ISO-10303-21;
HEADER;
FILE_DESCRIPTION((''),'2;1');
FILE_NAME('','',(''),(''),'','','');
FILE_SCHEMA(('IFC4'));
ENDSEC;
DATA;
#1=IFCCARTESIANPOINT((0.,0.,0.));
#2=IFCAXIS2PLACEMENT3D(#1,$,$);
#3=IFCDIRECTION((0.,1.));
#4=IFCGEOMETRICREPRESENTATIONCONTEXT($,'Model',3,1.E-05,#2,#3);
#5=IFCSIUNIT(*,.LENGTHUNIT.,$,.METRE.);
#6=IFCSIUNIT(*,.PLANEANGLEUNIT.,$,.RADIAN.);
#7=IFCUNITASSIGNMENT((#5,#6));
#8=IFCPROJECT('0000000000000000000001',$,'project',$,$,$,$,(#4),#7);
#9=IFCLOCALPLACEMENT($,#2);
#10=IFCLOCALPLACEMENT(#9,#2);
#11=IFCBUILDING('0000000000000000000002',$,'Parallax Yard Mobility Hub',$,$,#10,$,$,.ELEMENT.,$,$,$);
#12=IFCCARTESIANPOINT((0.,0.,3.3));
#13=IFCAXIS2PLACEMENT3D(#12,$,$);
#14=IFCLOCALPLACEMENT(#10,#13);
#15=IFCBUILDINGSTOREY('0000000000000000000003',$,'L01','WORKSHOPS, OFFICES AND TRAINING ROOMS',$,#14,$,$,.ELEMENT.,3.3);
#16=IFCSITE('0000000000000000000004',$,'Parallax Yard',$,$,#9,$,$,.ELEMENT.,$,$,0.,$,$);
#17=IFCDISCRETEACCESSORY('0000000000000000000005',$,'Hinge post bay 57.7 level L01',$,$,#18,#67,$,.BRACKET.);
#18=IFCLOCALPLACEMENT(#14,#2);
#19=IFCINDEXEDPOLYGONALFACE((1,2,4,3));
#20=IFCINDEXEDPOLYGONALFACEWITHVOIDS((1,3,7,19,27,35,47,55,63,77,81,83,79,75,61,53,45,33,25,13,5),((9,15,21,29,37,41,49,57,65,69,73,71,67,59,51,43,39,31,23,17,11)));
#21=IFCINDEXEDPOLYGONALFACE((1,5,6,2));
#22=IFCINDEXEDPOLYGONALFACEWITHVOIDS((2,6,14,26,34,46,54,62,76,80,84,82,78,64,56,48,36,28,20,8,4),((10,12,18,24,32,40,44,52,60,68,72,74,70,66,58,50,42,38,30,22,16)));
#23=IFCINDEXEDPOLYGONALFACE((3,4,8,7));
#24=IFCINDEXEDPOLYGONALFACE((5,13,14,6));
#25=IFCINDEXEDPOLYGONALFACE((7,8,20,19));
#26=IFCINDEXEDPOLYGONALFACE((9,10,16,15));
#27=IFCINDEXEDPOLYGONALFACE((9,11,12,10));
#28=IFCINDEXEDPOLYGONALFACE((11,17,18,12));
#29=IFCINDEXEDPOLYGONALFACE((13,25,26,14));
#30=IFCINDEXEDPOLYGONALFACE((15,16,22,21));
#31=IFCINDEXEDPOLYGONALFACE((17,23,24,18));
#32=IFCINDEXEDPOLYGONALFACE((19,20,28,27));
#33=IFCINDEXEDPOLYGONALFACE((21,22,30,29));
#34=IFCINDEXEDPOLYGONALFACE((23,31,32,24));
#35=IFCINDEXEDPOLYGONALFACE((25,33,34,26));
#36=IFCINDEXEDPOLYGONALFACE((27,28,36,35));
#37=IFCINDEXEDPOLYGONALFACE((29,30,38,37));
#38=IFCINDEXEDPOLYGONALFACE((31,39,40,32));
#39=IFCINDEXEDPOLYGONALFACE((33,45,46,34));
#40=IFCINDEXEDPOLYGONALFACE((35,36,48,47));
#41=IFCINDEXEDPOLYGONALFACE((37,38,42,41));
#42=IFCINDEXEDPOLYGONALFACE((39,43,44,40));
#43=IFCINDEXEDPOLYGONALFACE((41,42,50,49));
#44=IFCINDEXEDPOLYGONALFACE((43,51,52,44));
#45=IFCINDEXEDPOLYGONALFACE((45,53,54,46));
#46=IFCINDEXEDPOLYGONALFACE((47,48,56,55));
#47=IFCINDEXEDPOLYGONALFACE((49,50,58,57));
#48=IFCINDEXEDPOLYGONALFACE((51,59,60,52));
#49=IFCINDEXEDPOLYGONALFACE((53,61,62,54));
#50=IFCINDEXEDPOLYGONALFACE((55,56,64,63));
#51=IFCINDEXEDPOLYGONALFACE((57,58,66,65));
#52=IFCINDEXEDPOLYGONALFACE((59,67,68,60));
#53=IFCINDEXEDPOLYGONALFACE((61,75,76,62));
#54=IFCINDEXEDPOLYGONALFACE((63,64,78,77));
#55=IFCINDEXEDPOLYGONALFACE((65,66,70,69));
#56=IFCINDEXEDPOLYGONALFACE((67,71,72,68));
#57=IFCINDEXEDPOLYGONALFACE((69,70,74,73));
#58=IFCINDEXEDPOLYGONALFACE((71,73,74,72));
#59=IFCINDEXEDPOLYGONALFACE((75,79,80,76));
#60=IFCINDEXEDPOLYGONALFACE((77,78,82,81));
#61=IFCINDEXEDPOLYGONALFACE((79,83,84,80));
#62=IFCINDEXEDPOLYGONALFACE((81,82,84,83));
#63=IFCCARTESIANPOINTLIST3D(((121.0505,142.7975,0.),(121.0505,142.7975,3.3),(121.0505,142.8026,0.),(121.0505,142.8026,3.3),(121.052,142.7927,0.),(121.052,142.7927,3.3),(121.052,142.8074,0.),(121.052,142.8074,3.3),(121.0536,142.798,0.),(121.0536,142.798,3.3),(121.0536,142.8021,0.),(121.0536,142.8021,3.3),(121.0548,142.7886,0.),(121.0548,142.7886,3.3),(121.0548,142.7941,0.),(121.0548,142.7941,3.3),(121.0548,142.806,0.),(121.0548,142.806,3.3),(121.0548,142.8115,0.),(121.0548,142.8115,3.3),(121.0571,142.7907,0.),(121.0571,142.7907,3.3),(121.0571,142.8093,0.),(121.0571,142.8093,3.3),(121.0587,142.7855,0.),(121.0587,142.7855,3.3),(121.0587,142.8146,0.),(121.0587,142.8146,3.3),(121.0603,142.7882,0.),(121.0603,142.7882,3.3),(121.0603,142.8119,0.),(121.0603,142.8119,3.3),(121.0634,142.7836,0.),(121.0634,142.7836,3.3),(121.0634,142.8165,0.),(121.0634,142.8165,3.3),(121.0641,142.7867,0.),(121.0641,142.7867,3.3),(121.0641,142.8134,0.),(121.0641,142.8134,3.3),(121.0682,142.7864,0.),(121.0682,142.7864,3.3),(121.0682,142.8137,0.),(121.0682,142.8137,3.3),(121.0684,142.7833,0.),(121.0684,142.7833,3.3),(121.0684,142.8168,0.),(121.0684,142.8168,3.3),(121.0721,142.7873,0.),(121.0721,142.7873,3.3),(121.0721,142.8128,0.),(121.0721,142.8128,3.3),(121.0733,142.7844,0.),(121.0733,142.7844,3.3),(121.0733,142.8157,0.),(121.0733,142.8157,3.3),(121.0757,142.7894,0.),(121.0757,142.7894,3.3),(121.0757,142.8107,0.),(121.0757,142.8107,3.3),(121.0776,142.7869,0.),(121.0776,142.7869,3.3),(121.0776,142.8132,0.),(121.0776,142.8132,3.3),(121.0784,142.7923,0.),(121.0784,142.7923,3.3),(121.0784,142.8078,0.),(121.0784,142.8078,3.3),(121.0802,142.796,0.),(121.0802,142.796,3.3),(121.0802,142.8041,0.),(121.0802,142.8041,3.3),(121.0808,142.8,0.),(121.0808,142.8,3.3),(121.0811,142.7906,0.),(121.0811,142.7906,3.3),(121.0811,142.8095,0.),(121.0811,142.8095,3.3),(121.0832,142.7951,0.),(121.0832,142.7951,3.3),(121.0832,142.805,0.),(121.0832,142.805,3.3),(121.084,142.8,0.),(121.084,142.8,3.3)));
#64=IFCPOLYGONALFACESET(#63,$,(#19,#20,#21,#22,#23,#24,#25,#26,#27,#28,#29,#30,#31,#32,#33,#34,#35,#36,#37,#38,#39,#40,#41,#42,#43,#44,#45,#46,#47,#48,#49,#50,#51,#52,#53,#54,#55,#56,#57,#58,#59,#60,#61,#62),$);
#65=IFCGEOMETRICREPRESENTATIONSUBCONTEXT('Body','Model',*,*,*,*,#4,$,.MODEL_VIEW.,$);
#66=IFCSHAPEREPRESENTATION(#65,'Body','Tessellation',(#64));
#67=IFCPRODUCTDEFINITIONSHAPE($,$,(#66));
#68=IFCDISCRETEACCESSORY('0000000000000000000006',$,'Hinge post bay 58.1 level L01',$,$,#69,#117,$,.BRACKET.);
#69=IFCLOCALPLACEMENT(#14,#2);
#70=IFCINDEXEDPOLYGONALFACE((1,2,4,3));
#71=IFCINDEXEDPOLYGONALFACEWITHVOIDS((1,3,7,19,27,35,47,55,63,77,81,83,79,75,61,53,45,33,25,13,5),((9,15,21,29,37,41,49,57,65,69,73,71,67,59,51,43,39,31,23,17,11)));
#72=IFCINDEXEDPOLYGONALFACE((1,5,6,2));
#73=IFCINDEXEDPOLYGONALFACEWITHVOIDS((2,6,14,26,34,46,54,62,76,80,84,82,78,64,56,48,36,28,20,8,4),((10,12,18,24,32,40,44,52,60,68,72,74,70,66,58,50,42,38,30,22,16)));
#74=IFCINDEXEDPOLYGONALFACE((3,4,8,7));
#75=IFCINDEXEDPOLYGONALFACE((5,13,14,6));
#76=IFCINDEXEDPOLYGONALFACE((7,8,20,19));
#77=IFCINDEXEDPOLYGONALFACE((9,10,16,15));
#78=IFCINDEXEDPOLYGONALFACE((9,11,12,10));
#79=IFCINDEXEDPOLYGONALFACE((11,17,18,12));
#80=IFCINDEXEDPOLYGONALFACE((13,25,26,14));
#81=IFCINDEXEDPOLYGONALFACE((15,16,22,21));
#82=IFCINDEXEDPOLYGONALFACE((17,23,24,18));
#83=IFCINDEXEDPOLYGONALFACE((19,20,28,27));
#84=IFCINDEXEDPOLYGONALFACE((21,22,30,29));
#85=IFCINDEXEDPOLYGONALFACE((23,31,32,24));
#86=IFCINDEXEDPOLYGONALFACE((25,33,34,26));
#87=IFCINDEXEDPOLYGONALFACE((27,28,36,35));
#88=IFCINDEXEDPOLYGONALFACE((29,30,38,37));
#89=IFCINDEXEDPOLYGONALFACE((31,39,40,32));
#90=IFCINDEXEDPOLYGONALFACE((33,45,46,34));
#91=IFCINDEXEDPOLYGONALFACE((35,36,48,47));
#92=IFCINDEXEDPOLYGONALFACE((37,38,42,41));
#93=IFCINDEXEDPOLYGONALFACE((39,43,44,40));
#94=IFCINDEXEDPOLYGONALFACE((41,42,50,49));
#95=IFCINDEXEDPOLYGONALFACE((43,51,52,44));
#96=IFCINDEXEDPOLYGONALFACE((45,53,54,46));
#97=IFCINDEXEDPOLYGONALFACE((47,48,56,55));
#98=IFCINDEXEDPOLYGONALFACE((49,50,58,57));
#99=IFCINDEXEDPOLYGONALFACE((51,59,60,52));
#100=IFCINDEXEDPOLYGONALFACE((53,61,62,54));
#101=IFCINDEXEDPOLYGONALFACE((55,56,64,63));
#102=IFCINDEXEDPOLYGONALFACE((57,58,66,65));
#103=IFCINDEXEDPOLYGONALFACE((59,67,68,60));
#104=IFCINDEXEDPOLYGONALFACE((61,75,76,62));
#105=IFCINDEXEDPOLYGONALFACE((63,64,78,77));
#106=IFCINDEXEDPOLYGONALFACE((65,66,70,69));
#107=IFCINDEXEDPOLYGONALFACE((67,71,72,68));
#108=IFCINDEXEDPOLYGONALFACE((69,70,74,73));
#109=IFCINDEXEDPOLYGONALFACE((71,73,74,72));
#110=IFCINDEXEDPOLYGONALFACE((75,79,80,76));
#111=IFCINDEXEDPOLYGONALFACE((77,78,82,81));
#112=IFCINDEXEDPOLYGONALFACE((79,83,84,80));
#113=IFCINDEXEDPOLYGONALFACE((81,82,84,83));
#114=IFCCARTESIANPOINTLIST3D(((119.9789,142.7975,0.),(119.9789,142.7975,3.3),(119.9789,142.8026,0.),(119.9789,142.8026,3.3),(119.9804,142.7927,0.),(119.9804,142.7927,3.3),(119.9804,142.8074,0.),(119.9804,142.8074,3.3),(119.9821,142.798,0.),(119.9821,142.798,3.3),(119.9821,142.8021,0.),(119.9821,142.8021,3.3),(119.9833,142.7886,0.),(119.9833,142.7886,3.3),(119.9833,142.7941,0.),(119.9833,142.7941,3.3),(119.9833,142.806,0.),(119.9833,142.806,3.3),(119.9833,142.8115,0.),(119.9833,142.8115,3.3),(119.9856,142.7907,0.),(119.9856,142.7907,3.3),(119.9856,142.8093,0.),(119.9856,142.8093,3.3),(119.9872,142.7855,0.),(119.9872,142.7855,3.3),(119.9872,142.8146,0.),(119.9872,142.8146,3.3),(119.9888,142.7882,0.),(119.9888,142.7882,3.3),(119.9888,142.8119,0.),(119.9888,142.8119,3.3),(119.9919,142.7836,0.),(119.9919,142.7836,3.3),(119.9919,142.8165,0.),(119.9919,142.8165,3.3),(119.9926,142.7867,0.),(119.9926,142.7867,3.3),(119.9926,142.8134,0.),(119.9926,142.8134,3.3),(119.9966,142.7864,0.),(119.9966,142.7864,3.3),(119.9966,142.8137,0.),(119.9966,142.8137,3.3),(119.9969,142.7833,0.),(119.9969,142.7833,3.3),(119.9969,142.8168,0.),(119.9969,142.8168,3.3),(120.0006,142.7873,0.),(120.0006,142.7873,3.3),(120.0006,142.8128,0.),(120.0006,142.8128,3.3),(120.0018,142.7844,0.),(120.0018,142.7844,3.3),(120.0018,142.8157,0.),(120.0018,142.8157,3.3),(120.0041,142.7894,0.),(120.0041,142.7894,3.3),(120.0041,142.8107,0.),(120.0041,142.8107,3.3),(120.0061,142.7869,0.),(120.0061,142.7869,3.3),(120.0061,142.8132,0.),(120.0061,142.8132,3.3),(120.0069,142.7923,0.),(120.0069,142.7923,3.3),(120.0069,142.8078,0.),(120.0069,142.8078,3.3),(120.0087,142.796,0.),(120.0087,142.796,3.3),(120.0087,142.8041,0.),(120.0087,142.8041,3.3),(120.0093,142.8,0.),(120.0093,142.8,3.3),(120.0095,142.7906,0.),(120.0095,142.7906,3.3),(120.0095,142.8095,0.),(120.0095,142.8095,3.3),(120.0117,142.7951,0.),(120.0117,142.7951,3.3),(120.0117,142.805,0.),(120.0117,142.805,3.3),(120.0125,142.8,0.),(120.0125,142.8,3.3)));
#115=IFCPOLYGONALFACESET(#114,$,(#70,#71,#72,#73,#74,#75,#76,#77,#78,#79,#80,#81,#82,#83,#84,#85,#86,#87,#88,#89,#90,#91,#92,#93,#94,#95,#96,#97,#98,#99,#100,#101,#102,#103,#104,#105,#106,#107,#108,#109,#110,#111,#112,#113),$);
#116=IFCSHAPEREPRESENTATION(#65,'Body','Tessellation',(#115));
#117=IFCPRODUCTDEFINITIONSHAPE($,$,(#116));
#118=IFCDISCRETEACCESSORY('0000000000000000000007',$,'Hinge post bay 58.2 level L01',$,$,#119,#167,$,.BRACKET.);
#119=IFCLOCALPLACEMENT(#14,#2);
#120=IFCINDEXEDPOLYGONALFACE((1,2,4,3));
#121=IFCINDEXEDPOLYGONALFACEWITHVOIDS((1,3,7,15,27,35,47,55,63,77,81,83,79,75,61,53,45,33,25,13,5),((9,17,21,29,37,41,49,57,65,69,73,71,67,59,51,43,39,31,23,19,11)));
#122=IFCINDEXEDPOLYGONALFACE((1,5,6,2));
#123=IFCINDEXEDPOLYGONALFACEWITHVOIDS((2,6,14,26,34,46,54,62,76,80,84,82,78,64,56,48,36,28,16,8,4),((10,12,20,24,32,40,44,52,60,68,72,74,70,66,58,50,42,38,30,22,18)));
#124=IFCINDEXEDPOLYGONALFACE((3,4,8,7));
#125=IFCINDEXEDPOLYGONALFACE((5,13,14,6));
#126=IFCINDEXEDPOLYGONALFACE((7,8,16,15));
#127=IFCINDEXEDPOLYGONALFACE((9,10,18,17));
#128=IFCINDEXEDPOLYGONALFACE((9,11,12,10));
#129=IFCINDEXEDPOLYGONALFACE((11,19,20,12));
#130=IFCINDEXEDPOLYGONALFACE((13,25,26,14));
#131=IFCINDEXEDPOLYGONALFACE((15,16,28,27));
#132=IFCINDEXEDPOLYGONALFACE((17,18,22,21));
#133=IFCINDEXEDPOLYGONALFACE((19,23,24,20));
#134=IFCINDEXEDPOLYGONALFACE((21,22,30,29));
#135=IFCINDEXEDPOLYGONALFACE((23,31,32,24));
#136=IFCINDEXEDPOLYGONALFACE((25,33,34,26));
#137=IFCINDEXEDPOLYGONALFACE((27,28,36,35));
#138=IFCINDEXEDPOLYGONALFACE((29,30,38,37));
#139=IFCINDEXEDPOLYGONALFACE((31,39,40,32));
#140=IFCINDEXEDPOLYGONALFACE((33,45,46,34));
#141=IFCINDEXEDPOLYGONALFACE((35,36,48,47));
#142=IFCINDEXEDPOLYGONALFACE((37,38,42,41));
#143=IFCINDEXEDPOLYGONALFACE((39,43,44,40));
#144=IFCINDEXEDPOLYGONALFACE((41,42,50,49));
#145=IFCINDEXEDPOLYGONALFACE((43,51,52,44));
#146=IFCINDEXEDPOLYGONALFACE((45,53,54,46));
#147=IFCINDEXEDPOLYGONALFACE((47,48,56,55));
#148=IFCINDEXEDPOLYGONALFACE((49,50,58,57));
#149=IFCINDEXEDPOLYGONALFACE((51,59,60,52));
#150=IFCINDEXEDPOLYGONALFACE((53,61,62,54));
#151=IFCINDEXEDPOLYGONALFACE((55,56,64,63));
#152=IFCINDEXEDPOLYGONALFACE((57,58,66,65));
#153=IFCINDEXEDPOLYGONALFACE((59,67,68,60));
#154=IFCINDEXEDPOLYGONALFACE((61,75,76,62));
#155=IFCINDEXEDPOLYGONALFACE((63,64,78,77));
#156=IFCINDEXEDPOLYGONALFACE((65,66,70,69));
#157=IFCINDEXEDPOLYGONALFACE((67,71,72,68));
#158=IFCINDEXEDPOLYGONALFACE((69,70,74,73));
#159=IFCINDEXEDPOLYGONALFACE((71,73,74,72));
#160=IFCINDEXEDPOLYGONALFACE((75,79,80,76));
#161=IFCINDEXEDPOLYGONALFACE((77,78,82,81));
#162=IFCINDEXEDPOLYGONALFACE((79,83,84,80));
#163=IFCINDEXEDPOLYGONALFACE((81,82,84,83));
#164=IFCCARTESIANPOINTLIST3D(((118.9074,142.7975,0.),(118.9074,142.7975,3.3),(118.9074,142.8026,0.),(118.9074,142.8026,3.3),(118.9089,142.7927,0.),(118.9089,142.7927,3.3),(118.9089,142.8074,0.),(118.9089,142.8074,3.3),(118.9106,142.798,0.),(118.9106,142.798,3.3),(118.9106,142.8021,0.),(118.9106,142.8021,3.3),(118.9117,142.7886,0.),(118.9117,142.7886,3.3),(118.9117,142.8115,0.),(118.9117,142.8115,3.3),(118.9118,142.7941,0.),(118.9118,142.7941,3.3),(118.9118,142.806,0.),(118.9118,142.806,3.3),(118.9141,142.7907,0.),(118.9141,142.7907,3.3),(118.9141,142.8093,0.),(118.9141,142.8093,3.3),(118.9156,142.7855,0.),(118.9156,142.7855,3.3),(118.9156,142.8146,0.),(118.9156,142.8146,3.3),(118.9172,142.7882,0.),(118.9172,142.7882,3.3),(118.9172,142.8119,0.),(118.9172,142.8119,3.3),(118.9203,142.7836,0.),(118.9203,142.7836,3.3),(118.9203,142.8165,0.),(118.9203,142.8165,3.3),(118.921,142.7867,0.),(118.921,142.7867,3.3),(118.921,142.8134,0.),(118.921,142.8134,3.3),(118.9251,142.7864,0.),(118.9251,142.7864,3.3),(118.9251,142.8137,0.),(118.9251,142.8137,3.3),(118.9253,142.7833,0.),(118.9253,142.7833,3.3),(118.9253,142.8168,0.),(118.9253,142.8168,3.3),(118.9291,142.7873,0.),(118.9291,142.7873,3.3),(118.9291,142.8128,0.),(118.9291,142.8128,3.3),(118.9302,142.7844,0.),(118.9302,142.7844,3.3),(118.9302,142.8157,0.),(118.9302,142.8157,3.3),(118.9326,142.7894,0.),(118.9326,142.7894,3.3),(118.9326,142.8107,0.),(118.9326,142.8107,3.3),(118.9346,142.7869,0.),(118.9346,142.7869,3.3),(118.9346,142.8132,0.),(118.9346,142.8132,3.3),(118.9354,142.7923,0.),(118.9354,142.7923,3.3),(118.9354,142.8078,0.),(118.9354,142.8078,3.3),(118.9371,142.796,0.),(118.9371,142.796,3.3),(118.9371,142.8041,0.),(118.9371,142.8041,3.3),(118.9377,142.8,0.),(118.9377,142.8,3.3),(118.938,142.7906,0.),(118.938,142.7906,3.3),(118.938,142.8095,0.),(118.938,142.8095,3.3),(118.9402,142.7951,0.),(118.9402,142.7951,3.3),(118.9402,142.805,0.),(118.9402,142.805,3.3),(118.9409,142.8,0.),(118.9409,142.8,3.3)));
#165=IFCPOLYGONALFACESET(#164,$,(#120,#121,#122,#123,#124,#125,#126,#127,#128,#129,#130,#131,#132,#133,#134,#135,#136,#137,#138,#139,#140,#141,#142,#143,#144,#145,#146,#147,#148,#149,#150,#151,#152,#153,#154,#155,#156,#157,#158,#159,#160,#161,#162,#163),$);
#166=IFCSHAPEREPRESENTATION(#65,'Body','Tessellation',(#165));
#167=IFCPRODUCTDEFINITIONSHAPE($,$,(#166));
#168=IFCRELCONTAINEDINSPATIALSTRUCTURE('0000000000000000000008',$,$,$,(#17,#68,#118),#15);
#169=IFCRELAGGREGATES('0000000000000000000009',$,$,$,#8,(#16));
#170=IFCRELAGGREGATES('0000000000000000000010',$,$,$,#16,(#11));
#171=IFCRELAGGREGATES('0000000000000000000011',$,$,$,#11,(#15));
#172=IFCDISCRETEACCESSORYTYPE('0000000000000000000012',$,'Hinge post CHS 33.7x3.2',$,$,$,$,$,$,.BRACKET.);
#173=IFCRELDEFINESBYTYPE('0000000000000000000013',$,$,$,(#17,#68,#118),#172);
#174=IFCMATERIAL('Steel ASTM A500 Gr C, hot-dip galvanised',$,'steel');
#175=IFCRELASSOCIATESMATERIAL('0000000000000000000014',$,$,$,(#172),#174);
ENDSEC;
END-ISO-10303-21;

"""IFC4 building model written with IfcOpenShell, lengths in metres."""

from ifc_helpers import new_model, si_unit, direction, frame, origin, origin_2d, place, context, subcontext, project, spatial, hollow_circle, extrude, material, material_profile, profile_set, type_object, element, save


model = new_model("IFC4")

# Units and contexts
model_context = context("Model", 3, precision=1e-05, world=origin(), true_north=direction((0.0, 1.0)))
body_context = subcontext(model_context, "Body", "Model", "MODEL_VIEW")
ifc_project = project(units=[si_unit("LENGTHUNIT", "METRE"), si_unit("PLANEANGLEUNIT", "RADIAN")], contexts=[model_context])

# Site, building, storey
site_placement = place(None, origin())
site = spatial("IfcSite", under=ifc_project, at=site_placement, Name="Parallax Yard", CompositionType="ELEMENT", RefElevation=0.0)
building_placement = place(site_placement, origin())
building = spatial("IfcBuilding", under=site, at=building_placement, Name="Parallax Yard Mobility Hub", CompositionType="ELEMENT")
storey_placement = place(building_placement, frame((0.0, 0.0, 3.3)))
storey = spatial("IfcBuildingStorey", under=building, at=storey_placement, Name="L01", Description="WORKSHOPS, OFFICES AND TRAINING ROOMS", CompositionType="ELEMENT", Elevation=3.3)

# Discrete accessories
ifc_material_1 = material(Name="Steel ASTM A500 Gr C, hot-dip galvanised", Category="steel")
ifc_material_profile = material_profile(ifc_material_1, hollow_circle(Radius=0.0168, WallThickness=0.0032, at=origin_2d()), Name="CHS 33.7x3.2")
ifc_profile_set = profile_set([ifc_material_profile], Name="Steel ASTM A500 Gr C, hot-dip galvanised")
discrete_accessory_type_1 = type_object("IfcDiscreteAccessoryType", Name="Hinge post CHS 33.7x3.2", PredefinedType="BRACKET", material=ifc_profile_set)
for number, where, z_axis, x_axis, name in (
    (1, (121.0671, 142.8, 0.0), (0.0, 0.0, 1.0), (1.0, 0.0, 0.0), "Hinge post bay 57.7 level L01"),
    (2, (119.9956, 142.8, 0.0), (0.0, 0.0, 1.0), (1.0, 0.0, 0.0), "Hinge post bay 58.1 level L01"),
    (3, (118.9241, 142.8, 0.0), (0.0, 0.0, 1.0), (1.0, 0.0, 0.0), "Hinge post bay 58.2 level L01"),
):
    element("IfcDiscreteAccessory", number, at=place(storey_placement, frame(where, z_axis=z_axis, x_axis=x_axis)), inside=storey, type_object=discrete_accessory_type_1, Name=name, PredefinedType="BRACKET", context=body_context, shape_type="SweptSolid", body=[
        extrude(hollow_circle(Radius=0.0168, WallThickness=0.0032, at=origin_2d()), origin(), (0.0, 0.0, 1.0), 3.3),
    ])

save(model, "model.ifc")
